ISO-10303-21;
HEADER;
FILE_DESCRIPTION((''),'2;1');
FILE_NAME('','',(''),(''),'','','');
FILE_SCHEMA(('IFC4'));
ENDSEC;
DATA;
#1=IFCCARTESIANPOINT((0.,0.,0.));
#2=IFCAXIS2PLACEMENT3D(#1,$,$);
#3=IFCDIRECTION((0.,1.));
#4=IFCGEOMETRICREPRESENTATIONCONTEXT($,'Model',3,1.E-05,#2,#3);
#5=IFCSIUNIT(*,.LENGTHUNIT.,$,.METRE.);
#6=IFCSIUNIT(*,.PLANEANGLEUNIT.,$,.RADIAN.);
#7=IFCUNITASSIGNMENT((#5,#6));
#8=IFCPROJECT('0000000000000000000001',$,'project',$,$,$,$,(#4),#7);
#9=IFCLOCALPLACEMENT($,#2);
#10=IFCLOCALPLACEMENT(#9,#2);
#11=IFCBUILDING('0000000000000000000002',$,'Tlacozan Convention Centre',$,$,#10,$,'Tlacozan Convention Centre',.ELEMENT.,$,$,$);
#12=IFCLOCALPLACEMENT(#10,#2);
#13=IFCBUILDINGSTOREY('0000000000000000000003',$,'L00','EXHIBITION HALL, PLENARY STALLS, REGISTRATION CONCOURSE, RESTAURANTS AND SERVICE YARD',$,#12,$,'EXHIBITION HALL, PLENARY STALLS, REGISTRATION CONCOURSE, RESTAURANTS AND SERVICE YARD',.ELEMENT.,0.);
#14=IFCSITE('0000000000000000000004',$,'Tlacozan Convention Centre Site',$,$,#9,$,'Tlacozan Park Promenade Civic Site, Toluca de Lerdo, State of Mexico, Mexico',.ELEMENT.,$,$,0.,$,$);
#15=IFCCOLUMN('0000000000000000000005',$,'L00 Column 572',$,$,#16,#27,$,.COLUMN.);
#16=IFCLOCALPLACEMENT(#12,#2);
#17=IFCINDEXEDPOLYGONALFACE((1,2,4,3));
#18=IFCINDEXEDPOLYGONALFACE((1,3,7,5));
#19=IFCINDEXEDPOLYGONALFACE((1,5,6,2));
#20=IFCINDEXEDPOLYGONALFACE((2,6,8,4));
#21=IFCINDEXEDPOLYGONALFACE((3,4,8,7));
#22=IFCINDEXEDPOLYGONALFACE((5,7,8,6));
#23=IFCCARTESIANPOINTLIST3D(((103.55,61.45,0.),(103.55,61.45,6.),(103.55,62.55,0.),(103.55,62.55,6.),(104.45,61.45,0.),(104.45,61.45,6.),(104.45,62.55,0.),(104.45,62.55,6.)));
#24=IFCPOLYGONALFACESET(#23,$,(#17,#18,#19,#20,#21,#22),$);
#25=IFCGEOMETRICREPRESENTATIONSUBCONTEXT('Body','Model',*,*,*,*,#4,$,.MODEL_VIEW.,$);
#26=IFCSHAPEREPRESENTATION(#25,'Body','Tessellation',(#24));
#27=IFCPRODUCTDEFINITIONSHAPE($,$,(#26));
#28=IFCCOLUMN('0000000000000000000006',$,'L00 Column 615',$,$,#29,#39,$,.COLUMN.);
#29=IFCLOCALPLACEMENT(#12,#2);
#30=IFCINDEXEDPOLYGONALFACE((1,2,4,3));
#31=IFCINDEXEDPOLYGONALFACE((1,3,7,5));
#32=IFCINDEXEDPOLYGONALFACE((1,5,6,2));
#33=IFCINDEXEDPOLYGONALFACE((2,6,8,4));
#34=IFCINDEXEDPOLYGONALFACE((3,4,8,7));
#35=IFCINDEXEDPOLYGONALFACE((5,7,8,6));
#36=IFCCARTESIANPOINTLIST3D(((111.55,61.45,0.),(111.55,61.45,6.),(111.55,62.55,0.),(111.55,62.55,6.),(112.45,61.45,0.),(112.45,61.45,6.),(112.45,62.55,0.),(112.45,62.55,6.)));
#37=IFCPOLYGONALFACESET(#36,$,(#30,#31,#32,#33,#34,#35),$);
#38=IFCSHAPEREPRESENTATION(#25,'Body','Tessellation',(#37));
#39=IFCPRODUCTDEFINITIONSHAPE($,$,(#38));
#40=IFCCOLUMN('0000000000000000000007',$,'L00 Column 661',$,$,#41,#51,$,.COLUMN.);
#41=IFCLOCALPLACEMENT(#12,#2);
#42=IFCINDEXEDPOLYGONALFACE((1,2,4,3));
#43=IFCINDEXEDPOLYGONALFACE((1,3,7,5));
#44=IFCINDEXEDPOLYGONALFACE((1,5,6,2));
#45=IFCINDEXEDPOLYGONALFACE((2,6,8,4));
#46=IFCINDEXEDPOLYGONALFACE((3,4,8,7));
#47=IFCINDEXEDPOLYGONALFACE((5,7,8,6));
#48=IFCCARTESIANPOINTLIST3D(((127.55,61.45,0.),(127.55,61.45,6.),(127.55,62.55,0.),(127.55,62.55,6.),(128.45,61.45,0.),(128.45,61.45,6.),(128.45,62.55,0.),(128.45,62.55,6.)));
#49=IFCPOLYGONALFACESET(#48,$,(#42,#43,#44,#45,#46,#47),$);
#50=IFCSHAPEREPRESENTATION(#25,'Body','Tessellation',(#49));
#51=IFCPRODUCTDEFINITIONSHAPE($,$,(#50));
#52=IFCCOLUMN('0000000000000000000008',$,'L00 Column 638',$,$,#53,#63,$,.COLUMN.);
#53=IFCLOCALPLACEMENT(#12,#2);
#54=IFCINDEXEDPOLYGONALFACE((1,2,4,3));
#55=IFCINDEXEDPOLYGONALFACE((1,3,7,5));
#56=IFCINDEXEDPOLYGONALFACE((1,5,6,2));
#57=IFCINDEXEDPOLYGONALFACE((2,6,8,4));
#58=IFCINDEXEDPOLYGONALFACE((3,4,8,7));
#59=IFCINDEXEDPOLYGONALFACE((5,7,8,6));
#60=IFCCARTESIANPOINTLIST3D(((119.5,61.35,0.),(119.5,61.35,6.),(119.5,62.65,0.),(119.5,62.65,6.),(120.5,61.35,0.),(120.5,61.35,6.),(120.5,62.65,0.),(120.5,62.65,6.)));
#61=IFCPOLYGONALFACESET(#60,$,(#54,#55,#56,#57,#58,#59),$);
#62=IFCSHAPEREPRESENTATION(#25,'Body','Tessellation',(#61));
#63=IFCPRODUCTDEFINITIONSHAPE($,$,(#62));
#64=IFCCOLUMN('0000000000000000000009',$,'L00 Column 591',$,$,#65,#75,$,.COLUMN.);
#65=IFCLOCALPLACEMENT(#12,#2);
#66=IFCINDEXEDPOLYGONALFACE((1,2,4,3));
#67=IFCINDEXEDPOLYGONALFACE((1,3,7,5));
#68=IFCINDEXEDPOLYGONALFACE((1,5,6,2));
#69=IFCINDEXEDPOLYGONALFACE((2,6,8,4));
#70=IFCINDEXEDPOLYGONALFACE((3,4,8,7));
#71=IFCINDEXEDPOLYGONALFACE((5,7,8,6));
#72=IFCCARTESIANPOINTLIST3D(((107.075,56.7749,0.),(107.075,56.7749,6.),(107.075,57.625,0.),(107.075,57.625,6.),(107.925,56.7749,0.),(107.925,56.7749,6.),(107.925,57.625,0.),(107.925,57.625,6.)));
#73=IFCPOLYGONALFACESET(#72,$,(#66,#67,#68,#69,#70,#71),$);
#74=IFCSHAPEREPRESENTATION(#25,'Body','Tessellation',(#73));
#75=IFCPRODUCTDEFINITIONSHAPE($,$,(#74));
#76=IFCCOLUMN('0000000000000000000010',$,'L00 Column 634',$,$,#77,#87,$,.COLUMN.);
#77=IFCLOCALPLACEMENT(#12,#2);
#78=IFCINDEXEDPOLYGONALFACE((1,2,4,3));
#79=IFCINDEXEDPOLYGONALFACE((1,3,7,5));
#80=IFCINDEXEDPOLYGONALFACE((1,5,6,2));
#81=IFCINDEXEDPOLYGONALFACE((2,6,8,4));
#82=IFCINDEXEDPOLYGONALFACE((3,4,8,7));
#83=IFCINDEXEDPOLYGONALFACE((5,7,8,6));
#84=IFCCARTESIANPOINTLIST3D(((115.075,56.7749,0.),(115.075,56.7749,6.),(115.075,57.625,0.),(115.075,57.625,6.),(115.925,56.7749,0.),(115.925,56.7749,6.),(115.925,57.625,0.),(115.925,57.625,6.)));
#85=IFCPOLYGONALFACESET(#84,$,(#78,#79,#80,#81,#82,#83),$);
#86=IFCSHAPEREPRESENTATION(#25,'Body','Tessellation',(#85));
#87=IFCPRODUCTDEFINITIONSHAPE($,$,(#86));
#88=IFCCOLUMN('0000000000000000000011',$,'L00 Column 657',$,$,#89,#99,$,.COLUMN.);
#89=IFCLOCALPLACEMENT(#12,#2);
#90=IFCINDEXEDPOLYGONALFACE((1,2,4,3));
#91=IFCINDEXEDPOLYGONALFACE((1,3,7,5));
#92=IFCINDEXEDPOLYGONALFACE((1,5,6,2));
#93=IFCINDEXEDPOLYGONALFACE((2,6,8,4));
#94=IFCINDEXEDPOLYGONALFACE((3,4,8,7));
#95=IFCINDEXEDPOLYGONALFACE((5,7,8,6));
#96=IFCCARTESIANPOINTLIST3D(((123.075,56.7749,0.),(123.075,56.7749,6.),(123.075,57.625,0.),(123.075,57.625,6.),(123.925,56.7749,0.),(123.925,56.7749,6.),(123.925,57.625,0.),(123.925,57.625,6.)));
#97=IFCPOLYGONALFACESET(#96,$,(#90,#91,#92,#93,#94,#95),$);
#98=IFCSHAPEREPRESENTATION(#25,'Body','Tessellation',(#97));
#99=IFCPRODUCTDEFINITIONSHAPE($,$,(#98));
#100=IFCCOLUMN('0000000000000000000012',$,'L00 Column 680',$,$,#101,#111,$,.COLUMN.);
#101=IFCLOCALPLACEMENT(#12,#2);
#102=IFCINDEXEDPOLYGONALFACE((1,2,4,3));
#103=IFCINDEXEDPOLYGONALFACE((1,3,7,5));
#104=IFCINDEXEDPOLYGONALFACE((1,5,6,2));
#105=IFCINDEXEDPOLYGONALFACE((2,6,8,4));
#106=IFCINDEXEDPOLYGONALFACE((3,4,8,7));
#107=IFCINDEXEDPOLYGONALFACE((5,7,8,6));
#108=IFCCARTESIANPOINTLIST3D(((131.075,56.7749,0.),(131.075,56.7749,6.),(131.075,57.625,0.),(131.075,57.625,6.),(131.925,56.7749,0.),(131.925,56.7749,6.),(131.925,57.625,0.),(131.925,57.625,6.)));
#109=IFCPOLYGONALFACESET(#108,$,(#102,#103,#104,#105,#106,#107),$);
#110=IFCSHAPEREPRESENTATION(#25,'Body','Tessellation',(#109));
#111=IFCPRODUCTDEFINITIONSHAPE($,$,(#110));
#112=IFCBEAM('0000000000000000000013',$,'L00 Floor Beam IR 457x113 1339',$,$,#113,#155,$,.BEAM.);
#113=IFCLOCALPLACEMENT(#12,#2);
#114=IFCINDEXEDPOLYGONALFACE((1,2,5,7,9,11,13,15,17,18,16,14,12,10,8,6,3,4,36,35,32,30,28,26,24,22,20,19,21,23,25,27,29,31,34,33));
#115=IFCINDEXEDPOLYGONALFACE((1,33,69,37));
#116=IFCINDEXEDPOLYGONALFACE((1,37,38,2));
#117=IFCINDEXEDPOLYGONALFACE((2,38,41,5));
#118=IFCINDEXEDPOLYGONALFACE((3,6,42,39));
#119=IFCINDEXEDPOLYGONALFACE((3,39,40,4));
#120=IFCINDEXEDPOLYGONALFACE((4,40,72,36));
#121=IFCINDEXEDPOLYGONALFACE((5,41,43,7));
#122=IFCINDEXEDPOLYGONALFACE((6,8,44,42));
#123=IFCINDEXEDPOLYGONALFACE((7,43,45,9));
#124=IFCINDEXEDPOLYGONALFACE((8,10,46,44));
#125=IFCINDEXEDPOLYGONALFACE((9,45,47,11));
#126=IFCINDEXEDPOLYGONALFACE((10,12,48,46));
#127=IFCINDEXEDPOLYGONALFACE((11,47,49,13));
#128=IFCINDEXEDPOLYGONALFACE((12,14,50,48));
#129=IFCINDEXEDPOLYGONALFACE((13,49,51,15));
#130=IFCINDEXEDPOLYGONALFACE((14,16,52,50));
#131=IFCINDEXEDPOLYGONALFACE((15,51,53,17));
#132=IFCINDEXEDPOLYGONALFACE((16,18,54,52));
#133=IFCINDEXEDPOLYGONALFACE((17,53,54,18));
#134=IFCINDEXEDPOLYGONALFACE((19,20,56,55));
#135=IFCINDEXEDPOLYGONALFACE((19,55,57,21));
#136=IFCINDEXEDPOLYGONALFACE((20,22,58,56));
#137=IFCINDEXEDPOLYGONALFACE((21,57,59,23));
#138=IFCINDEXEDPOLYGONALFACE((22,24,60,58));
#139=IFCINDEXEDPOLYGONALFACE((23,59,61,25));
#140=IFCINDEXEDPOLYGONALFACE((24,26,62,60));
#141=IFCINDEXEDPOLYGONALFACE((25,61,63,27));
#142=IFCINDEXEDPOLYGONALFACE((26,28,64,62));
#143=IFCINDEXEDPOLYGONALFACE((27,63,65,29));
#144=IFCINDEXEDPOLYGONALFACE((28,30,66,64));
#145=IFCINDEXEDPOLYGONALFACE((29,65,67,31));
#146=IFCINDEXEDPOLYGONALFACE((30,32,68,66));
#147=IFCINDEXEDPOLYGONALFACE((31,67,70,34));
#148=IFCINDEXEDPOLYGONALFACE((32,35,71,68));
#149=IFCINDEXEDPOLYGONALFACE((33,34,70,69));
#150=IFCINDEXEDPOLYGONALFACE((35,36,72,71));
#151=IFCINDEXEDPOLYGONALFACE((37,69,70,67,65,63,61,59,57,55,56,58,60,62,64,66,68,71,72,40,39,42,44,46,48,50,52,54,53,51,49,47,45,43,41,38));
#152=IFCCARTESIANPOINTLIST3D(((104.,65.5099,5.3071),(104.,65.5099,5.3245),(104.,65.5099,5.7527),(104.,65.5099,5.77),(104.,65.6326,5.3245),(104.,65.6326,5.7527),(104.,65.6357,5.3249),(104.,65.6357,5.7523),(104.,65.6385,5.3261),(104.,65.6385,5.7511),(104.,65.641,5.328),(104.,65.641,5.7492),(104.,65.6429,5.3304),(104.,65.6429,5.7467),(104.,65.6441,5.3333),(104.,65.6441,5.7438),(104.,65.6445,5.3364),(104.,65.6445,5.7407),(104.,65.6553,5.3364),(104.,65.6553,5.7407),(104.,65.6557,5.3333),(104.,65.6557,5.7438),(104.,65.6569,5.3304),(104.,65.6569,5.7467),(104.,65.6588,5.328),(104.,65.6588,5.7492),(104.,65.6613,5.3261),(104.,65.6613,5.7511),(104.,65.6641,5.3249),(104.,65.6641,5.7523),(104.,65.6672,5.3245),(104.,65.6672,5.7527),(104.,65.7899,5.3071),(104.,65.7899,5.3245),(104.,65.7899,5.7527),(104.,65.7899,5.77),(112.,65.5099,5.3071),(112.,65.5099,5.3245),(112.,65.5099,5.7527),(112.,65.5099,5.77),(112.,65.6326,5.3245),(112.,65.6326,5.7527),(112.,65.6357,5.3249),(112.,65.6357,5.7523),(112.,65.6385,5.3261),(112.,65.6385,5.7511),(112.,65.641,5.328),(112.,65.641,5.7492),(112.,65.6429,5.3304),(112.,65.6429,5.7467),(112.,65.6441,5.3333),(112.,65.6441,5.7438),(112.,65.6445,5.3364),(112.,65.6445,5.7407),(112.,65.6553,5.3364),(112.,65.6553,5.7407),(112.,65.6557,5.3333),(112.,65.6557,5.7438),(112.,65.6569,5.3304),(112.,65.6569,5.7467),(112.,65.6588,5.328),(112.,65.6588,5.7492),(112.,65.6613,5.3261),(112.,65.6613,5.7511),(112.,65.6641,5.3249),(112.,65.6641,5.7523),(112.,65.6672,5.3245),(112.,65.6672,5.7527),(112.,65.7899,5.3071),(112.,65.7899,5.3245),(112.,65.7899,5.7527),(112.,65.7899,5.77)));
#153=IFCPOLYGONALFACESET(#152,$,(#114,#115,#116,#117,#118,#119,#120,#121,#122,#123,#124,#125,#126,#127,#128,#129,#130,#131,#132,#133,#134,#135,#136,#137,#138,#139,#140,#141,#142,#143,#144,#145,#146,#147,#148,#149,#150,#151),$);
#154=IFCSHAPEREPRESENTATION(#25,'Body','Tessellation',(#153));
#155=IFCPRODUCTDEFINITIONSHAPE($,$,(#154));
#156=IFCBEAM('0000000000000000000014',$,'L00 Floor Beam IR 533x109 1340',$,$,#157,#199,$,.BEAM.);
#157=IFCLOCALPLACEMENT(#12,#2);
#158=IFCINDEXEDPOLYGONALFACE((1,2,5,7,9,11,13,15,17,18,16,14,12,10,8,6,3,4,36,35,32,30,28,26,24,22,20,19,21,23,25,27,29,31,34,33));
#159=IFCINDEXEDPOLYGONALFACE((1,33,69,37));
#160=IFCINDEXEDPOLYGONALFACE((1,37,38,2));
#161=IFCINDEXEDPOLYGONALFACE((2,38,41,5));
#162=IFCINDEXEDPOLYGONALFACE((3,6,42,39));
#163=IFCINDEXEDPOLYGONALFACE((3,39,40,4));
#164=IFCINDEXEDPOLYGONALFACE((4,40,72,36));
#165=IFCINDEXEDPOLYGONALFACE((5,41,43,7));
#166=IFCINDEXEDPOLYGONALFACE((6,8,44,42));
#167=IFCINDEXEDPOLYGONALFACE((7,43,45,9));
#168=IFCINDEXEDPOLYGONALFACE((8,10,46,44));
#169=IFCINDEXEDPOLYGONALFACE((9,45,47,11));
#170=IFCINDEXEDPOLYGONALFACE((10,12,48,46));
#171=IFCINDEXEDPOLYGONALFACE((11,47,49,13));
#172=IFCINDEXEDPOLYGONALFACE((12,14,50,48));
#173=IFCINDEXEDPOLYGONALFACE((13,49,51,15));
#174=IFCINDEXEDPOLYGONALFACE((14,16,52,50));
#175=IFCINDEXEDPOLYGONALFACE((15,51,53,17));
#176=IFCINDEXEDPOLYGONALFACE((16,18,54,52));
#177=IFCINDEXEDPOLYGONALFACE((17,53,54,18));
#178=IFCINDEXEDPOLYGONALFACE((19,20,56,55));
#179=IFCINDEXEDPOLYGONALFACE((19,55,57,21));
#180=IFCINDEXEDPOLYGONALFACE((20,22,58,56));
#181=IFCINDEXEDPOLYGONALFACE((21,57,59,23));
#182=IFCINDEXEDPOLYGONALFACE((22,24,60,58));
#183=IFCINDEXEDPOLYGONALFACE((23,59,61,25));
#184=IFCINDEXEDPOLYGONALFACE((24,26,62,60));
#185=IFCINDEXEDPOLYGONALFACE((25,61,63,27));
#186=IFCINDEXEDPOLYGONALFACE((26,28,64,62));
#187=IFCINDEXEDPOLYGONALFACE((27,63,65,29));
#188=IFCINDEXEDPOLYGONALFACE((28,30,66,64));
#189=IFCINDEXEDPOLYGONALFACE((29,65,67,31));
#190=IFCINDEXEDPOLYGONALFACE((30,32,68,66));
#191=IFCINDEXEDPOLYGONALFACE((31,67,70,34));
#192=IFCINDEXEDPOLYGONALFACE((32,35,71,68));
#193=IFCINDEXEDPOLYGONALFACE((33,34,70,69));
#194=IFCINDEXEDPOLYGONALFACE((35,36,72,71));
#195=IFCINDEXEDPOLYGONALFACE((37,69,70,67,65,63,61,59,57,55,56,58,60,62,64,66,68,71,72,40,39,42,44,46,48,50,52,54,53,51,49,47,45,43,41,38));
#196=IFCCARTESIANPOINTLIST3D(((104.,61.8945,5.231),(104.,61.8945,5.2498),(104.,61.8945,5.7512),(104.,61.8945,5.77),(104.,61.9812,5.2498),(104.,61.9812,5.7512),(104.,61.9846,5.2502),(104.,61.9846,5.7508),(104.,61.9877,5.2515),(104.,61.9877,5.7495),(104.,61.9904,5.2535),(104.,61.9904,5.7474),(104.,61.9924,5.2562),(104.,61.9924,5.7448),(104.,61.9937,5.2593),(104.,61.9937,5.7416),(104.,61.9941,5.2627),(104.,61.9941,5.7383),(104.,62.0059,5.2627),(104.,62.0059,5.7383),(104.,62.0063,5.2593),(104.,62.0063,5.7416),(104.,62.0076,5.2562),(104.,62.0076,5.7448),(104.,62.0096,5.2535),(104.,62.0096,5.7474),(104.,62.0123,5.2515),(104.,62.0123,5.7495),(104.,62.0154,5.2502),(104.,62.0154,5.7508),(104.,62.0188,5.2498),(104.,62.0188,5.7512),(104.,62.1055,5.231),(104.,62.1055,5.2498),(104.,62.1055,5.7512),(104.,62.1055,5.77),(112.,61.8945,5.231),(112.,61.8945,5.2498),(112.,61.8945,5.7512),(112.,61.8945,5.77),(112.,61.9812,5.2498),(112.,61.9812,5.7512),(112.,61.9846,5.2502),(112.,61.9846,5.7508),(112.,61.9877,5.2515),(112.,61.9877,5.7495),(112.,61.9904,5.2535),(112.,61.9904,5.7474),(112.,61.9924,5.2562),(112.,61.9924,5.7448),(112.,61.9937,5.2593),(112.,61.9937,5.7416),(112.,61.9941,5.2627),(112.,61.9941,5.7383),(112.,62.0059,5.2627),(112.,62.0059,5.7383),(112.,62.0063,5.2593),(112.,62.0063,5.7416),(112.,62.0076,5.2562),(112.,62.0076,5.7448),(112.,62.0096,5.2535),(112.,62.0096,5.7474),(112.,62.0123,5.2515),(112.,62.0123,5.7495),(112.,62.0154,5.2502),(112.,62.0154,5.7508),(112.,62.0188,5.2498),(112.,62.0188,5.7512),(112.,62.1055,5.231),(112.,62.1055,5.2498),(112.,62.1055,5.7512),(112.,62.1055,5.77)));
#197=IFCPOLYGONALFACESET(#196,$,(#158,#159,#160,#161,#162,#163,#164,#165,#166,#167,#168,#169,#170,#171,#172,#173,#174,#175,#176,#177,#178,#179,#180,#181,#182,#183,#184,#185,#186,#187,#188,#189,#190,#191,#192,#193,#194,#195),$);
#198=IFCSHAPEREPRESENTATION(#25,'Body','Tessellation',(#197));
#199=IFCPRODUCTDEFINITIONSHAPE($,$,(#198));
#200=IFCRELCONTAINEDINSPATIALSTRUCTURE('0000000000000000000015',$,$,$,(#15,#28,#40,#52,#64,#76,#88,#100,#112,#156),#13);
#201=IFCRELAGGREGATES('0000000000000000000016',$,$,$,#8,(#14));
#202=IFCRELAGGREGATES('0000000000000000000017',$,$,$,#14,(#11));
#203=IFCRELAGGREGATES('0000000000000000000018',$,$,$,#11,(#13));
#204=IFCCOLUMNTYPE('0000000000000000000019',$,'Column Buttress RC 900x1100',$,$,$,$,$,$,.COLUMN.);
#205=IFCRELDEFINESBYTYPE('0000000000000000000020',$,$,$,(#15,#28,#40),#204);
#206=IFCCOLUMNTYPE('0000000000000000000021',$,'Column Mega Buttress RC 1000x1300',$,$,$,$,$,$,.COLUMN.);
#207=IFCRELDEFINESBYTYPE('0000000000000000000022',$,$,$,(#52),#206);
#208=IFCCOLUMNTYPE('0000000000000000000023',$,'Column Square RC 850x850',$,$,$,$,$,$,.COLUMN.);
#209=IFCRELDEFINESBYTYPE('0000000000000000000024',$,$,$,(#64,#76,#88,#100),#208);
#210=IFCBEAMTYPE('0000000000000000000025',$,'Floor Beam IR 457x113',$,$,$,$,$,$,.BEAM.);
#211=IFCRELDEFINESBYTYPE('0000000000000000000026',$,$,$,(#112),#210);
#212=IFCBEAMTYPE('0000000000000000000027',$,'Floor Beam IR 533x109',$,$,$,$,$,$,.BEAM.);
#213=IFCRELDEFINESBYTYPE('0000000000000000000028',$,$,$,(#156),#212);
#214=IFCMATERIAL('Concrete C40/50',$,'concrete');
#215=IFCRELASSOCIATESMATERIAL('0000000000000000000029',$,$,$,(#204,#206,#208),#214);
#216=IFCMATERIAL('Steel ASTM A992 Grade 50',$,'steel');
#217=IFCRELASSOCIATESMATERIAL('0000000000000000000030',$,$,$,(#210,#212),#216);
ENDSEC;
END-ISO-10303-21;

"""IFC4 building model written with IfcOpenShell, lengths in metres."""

from ifc_helpers import new_model, si_unit, direction, frame, origin, origin_2d, place, context, subcontext, project, spatial, rectangle, i_section, extrude, material, material_profile, profile_set, type_object, element, save


model = new_model("IFC4")

# Units and contexts
model_context = context("Model", 3, precision=1e-05, world=origin(), true_north=direction((0.0, 1.0)))
body_context = subcontext(model_context, "Body", "Model", "MODEL_VIEW")
ifc_project = project(units=[si_unit("LENGTHUNIT", "METRE"), si_unit("PLANEANGLEUNIT", "RADIAN")], contexts=[model_context])

# Site, building, storey
site_placement = place(None, origin())
site = spatial("IfcSite", under=ifc_project, at=site_placement, Name="Tlacozan Convention Centre Site", LongName="Tlacozan Park Promenade Civic Site, Toluca de Lerdo, State of Mexico, Mexico", CompositionType="ELEMENT", RefElevation=0.0)
building_placement = place(site_placement, origin())
building = spatial("IfcBuilding", under=site, at=building_placement, Name="Tlacozan Convention Centre", LongName="Tlacozan Convention Centre", CompositionType="ELEMENT")
storey_placement = place(building_placement, origin())
storey = spatial("IfcBuildingStorey", under=building, at=storey_placement, Name="L00", Description="EXHIBITION HALL, PLENARY STALLS, REGISTRATION CONCOURSE, RESTAURANTS AND SERVICE YARD", LongName="EXHIBITION HALL, PLENARY STALLS, REGISTRATION CONCOURSE, RESTAURANTS AND SERVICE YARD", CompositionType="ELEMENT", Elevation=0.0)

# Columns
ifc_material_1 = material(Name="Concrete C40/50", Category="concrete")
ifc_material_profile_1 = material_profile(ifc_material_1, rectangle(XDim=0.8999, YDim=1.1001, at=origin_2d()), Name="RC 900x1100")
ifc_profile_set_1 = profile_set([ifc_material_profile_1], Name="Concrete C40/50")
column_type_1 = type_object("IfcColumnType", Name="Column Buttress RC 900x1100", PredefinedType="COLUMN", material=ifc_profile_set_1)
for number, where, z_axis, x_axis, name in (
    (1, (104.0, 62.0, 0.0), (0.0, 0.0, 1.0), (1.0, 0.0, 0.0), "L00 Column 572"),
    (2, (112.0, 62.0, 0.0), (0.0, 0.0, 1.0), (1.0, 0.0, 0.0), "L00 Column 615"),
    (3, (128.0, 62.0, 0.0), (0.0, 0.0, 1.0), (1.0, 0.0, 0.0), "L00 Column 661"),
):
    element("IfcColumn", number, at=place(storey_placement, frame(where, z_axis=z_axis, x_axis=x_axis)), inside=storey, type_object=column_type_1, Name=name, PredefinedType="COLUMN", context=body_context, shape_type="SweptSolid", body=[
        extrude(rectangle(XDim=0.8999, YDim=1.1001, at=origin_2d()), origin(), (0.0, 0.0, 1.0), 6.0),
    ])
ifc_material_profile_2 = material_profile(ifc_material_1, rectangle(XDim=1.0, YDim=1.3, at=origin_2d()), Name="RC 1000x1300")
ifc_profile_set_2 = profile_set([ifc_material_profile_2], Name="Concrete C40/50")
column_type_2 = type_object("IfcColumnType", Name="Column Mega Buttress RC 1000x1300", PredefinedType="COLUMN", material=ifc_profile_set_2)
column_placement = place(storey_placement, frame((120.0, 62.0, 0.0), z_axis=(0.0, 0.0, 1.0), x_axis=(1.0, 0.0, 0.0)))
element("IfcColumn", 4, at=column_placement, inside=storey, type_object=column_type_2, Name="L00 Column 638", PredefinedType="COLUMN", context=body_context, shape_type="SweptSolid", body=[
    extrude(rectangle(XDim=1.0, YDim=1.3, at=origin_2d()), origin(), (0.0, 0.0, 1.0), 6.0),
])
ifc_material_profile_3 = material_profile(ifc_material_1, rectangle(XDim=0.8501, YDim=0.8501, at=origin_2d()), Name="RC 850x850")
ifc_profile_set_3 = profile_set([ifc_material_profile_3], Name="Concrete C40/50")
column_type_3 = type_object("IfcColumnType", Name="Column Square RC 850x850", PredefinedType="COLUMN", material=ifc_profile_set_3)
for number, where, z_axis, x_axis, name in (
    (5, (107.5, 57.2, 0.0), (0.0, 0.0, 1.0), (1.0, 0.0, 0.0), "L00 Column 591"),
    (6, (115.5, 57.2, 0.0), (0.0, 0.0, 1.0), (1.0, 0.0, 0.0), "L00 Column 634"),
    (7, (123.5, 57.2, 0.0), (0.0, 0.0, 1.0), (1.0, 0.0, 0.0), "L00 Column 657"),
    (8, (131.5, 57.2, 0.0), (0.0, 0.0, 1.0), (1.0, 0.0, 0.0), "L00 Column 680"),
):
    element("IfcColumn", number, at=place(storey_placement, frame(where, z_axis=z_axis, x_axis=x_axis)), inside=storey, type_object=column_type_3, Name=name, PredefinedType="COLUMN", context=body_context, shape_type="SweptSolid", body=[
        extrude(rectangle(XDim=0.8501, YDim=0.8501, at=origin_2d()), origin(), (0.0, 0.0, 1.0), 6.0),
    ])

# Beams
ifc_material_2 = material(Name="Steel ASTM A992 Grade 50", Category="steel")
ifc_material_profile_4 = material_profile(ifc_material_2, i_section(OverallWidth=0.28, OverallDepth=0.4629, WebThickness=0.0107, FlangeThickness=0.0173, FilletRadius=0.012, at=origin_2d()), Name="IR 457x113.0")
ifc_profile_set_4 = profile_set([ifc_material_profile_4], Name="Steel ASTM A992 Grade 50")
beam_type_1 = type_object("IfcBeamType", Name="Floor Beam IR 457x113", PredefinedType="BEAM", material=ifc_profile_set_4)
beam_placement = place(storey_placement, frame((104.0, 65.6499, 5.5386), z_axis=(1.0, 0.0, 0.0), x_axis=(0.0, 1.0, 0.0)))
element("IfcBeam", 9, at=beam_placement, inside=storey, type_object=beam_type_1, Name="L00 Floor Beam IR 457x113 1339", PredefinedType="BEAM", context=body_context, shape_type="SweptSolid", body=[
    extrude(i_section(OverallWidth=0.28, OverallDepth=0.4629, WebThickness=0.0107, FlangeThickness=0.0173, FilletRadius=0.012, at=origin_2d()), origin(), (0.0, 0.0, 1.0), 8.0),
])
ifc_material_profile_5 = material_profile(ifc_material_2, i_section(OverallWidth=0.2109, OverallDepth=0.5391, WebThickness=0.0117, FlangeThickness=0.0188, FilletRadius=0.0129, at=origin_2d()), Name="IR 533x109.0")
ifc_profile_set_5 = profile_set([ifc_material_profile_5], Name="Steel ASTM A992 Grade 50")
beam_type_2 = type_object("IfcBeamType", Name="Floor Beam IR 533x109", PredefinedType="BEAM", material=ifc_profile_set_5)
for number, where, z_axis, x_axis, name in (
    (10, (104.0, 62.0, 5.5005), (1.0, 0.0, 0.0), (0.0, 1.0, 0.0), "L00 Floor Beam IR 533x109 1340"),
):
    element("IfcBeam", number, at=place(storey_placement, frame(where, z_axis=z_axis, x_axis=x_axis)), inside=storey, type_object=beam_type_2, Name=name, PredefinedType="BEAM", context=body_context, shape_type="SweptSolid", body=[
        extrude(i_section(OverallWidth=0.2109, OverallDepth=0.5391, WebThickness=0.0117, FlangeThickness=0.0188, FilletRadius=0.0129, at=origin_2d()), origin(), (0.0, 0.0, 1.0), 8.0),
    ])

save(model, "model.ifc")
